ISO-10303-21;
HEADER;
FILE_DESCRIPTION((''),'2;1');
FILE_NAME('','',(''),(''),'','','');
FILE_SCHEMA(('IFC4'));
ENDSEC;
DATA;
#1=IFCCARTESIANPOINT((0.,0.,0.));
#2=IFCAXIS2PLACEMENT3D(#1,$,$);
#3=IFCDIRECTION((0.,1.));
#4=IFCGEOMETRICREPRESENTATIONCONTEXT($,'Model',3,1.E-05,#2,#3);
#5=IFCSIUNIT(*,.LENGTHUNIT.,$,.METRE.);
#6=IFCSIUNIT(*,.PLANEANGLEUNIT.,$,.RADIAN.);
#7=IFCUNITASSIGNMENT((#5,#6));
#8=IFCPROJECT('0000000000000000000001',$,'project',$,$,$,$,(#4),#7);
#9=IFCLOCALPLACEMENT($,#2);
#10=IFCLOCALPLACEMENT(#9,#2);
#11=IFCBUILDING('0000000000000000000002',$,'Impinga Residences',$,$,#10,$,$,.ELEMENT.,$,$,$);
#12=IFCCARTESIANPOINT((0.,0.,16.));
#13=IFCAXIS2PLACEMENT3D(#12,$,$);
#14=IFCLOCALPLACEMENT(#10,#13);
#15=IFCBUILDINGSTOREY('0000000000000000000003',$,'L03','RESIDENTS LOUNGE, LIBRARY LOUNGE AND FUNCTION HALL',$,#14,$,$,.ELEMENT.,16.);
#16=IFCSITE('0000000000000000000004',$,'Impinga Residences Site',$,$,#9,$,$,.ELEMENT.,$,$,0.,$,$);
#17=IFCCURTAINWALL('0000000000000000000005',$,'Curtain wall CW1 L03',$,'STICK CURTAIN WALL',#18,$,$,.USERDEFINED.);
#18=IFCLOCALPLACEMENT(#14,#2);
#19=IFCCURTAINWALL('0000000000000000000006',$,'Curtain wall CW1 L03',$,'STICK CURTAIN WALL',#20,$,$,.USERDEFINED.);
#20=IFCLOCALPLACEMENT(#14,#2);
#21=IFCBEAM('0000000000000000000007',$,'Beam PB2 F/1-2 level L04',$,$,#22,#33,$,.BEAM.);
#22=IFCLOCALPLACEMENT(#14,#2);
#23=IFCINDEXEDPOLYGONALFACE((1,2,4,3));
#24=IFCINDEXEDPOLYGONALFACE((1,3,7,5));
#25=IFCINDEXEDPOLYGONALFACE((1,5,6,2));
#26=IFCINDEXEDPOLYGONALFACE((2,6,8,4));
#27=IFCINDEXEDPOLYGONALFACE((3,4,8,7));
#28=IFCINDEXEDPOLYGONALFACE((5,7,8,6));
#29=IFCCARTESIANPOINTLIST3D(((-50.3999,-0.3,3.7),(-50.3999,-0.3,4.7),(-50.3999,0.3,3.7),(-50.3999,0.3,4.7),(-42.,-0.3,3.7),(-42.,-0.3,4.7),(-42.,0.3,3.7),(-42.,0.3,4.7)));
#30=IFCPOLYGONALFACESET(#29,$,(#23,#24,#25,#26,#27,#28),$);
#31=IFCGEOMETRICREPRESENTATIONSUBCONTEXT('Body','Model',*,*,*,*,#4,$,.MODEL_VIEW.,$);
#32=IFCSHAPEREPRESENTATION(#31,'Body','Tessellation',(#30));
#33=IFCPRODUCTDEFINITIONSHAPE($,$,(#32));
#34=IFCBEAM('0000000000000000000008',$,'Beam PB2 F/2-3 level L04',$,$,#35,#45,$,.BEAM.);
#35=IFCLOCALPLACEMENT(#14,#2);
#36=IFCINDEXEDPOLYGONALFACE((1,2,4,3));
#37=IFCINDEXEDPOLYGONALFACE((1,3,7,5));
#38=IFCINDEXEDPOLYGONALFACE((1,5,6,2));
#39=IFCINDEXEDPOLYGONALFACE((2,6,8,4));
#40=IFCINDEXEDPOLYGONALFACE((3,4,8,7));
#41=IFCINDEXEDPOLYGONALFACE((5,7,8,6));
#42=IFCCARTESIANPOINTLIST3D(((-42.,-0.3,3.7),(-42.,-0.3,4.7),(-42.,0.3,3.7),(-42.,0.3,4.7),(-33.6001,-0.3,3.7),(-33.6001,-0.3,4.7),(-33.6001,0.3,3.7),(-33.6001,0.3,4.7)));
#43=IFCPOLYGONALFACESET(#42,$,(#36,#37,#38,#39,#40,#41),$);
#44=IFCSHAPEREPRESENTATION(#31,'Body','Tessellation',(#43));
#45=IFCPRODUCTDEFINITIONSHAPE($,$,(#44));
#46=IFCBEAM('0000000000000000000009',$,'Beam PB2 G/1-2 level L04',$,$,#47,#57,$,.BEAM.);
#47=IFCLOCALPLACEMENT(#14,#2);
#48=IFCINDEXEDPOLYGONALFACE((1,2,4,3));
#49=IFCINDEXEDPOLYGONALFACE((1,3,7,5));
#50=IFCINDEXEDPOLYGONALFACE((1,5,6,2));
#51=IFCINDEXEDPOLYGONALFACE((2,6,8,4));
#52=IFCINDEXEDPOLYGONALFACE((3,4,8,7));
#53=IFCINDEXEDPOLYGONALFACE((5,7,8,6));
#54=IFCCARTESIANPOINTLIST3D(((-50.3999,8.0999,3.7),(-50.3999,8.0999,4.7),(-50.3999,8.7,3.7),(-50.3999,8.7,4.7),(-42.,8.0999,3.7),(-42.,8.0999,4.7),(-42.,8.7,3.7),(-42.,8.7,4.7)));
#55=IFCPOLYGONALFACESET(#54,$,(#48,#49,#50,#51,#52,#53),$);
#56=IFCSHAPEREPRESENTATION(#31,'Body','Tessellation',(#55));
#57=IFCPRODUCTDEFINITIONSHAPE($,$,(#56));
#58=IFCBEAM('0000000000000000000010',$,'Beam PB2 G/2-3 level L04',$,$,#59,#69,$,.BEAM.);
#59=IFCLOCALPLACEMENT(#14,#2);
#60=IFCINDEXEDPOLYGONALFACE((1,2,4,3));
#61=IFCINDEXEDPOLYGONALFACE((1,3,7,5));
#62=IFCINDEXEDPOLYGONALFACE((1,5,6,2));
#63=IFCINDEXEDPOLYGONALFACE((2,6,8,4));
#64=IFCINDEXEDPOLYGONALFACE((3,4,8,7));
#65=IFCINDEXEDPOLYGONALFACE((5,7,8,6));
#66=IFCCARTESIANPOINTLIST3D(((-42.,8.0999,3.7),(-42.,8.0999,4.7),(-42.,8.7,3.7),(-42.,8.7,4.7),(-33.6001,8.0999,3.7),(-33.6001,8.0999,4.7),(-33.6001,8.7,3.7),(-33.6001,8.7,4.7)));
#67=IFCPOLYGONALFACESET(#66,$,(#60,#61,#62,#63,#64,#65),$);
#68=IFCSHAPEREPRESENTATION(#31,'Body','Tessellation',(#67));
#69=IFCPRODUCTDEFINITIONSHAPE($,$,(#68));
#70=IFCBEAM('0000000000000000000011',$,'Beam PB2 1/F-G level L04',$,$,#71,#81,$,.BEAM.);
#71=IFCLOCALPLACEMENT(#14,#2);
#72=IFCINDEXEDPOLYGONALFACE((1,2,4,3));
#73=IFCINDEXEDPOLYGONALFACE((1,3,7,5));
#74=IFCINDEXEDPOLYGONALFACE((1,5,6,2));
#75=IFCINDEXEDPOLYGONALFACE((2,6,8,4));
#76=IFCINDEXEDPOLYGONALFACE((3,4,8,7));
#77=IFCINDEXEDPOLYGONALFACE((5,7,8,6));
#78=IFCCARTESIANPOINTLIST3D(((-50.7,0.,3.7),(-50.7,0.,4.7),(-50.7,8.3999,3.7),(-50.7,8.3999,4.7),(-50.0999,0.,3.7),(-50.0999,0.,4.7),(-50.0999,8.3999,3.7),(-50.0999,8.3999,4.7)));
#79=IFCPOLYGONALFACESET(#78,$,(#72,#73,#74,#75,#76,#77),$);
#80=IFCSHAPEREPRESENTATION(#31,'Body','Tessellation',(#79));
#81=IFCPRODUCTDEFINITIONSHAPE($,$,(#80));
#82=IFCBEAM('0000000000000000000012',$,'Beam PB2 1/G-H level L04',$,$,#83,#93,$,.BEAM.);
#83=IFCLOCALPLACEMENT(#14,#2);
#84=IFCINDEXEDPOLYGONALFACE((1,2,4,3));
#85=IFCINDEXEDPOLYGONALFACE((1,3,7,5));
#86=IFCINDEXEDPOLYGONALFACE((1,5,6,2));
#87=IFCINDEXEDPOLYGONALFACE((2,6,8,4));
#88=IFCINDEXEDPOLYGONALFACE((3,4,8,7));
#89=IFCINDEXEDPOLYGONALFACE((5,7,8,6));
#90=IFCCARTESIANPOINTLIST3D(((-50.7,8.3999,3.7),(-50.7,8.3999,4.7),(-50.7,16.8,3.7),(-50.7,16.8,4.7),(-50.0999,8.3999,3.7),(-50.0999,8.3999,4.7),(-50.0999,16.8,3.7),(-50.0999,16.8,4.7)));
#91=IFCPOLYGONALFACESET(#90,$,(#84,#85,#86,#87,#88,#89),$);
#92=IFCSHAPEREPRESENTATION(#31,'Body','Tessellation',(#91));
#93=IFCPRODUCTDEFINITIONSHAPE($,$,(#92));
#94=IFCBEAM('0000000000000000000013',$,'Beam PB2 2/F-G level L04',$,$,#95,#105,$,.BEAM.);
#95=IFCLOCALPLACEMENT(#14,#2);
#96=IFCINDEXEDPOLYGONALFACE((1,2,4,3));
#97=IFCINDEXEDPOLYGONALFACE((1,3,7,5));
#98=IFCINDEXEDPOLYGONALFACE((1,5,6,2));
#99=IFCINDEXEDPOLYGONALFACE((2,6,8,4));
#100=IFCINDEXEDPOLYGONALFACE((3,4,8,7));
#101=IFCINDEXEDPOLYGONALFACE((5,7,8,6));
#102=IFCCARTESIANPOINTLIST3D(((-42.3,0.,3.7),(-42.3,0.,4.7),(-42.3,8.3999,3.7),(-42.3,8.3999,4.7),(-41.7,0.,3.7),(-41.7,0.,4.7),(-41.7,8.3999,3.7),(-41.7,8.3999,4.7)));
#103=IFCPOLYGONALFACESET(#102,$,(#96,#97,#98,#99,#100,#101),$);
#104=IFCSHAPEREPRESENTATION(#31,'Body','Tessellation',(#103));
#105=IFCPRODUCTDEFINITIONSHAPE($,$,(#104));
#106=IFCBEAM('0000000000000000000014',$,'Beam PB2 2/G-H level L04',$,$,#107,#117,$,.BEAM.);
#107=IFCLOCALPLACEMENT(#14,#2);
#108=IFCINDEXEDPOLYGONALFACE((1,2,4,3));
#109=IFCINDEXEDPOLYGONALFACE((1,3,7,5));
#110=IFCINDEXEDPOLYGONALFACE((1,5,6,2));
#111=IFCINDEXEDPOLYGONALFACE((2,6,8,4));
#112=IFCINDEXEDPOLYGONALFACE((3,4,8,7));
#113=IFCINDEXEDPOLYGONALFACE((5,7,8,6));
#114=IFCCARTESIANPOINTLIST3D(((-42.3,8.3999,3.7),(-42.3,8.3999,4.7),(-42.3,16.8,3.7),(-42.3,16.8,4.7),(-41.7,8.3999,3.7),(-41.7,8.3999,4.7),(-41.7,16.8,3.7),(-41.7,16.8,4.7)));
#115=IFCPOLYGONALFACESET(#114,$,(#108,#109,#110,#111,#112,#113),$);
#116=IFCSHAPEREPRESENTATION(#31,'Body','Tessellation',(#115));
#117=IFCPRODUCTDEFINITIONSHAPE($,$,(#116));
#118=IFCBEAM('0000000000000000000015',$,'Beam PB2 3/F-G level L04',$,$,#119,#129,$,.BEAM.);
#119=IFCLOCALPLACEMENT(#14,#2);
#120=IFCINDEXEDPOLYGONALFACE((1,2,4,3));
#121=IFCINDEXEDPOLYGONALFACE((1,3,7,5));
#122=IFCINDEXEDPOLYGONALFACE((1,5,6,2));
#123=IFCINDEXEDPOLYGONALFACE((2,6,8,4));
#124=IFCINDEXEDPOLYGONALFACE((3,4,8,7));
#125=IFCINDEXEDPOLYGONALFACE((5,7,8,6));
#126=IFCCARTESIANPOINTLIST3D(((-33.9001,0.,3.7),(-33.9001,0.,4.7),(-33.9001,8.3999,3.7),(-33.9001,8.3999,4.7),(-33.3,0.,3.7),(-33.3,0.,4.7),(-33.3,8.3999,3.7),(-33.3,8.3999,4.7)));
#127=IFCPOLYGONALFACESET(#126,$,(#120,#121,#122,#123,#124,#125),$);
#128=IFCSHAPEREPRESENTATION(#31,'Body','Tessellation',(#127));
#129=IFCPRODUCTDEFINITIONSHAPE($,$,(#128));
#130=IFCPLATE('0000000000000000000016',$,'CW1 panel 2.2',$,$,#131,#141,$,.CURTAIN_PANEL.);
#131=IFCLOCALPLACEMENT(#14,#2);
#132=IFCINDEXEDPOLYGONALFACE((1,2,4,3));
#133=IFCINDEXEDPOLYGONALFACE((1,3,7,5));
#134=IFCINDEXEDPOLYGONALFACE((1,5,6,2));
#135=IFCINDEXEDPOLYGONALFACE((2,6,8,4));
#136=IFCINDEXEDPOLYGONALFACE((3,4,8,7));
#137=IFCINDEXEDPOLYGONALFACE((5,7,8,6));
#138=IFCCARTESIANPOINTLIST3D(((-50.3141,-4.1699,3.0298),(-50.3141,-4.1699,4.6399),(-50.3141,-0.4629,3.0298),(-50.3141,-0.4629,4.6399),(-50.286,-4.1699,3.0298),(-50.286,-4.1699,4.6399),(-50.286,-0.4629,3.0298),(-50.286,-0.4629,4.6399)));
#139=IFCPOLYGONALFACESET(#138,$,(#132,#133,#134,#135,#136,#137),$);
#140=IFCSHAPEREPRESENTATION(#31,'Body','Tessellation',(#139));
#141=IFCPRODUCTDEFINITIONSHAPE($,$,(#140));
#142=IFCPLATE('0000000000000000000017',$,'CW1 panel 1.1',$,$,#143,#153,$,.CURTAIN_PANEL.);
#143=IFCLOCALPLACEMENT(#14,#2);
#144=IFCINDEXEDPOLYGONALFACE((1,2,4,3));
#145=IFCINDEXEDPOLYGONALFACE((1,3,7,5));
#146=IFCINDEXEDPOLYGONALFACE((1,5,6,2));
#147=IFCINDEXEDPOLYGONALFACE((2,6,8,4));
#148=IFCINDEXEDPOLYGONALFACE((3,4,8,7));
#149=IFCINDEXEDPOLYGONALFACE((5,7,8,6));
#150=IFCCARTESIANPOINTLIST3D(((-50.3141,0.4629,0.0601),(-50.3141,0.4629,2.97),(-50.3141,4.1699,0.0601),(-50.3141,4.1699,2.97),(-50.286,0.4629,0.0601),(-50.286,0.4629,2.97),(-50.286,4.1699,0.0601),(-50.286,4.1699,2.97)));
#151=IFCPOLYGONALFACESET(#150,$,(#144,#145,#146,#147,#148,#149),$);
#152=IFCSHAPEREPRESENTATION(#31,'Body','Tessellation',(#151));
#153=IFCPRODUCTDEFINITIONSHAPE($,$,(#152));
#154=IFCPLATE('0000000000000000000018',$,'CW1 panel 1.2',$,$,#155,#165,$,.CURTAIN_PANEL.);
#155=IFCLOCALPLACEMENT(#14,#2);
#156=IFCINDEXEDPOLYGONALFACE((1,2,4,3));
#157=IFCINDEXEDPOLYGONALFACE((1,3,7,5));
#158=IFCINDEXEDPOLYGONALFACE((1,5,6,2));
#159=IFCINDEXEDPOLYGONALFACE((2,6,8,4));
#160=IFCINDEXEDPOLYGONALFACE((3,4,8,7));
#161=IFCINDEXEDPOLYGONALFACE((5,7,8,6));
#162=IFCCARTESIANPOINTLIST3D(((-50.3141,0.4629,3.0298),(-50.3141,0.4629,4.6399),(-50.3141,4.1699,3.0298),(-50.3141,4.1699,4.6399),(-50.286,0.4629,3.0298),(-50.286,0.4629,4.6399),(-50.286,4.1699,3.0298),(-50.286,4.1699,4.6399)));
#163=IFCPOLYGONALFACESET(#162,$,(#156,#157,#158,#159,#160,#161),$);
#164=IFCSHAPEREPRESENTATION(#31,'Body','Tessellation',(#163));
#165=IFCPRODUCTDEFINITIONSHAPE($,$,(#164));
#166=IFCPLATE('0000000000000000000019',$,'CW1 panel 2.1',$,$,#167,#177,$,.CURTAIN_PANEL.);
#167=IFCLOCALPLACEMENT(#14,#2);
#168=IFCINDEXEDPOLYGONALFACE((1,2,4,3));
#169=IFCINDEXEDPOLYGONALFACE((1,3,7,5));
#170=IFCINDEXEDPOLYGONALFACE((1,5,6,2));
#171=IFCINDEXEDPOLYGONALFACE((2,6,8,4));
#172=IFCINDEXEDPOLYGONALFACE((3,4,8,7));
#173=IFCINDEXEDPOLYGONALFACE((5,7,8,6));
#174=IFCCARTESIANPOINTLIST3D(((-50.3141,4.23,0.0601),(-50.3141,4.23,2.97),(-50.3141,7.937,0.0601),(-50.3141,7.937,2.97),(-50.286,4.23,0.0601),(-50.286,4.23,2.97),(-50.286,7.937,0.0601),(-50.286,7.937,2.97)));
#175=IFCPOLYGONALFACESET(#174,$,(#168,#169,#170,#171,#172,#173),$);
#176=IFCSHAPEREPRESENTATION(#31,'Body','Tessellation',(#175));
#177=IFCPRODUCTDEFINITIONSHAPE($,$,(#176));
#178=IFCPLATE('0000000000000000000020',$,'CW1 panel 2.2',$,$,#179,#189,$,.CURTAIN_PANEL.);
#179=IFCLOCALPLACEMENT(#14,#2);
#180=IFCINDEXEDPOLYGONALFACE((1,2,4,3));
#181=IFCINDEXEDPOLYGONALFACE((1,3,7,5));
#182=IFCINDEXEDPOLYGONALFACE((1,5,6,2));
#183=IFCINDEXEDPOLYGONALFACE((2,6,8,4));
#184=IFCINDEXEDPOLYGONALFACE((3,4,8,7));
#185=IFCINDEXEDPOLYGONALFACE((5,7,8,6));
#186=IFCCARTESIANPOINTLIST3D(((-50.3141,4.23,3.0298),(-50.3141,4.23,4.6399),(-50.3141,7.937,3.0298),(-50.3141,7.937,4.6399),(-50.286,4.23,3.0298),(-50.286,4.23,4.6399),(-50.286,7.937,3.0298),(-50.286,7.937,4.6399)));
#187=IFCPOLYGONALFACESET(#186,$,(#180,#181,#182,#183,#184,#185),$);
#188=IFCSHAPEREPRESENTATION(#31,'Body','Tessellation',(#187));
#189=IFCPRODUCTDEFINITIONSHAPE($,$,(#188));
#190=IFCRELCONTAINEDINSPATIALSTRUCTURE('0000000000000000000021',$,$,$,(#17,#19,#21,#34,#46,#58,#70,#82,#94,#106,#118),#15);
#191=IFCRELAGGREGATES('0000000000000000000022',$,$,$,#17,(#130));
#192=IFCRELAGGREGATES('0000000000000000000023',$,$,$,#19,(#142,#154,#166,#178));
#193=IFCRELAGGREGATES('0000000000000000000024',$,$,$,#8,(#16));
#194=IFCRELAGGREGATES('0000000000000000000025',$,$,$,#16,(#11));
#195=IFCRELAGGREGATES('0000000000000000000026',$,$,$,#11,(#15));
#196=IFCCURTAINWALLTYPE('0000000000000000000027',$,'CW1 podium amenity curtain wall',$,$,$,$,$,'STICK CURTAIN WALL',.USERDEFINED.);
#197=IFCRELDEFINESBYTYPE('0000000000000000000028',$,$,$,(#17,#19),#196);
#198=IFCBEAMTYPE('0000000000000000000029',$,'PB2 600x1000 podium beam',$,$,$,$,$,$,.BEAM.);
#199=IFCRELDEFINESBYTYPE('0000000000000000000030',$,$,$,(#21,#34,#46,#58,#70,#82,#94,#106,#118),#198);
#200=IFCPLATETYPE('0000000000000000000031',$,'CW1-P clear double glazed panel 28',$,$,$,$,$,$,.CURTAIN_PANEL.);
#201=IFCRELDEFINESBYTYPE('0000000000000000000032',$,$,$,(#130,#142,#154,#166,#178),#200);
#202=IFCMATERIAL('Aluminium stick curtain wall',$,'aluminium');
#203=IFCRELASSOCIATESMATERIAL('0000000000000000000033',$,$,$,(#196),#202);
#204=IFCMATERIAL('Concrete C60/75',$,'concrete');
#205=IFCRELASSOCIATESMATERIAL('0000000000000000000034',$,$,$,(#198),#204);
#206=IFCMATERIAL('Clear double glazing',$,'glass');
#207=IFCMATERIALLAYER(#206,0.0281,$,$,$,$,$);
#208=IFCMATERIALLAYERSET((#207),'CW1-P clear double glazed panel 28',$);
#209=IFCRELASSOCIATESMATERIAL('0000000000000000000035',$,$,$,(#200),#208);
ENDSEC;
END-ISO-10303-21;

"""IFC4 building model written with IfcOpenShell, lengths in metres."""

from ifc_helpers import new_model, si_unit, direction, frame, origin, origin_2d, place, context, subcontext, project, spatial, rectangle, extrude, material, layer, layer_set, material_profile, profile_set, type_object, element, aggregate, save


model = new_model("IFC4")

# Units and contexts
model_context = context("Model", 3, precision=1e-05, world=origin(), true_north=direction((0.0, 1.0)))
body_context = subcontext(model_context, "Body", "Model", "MODEL_VIEW")
ifc_project = project(units=[si_unit("LENGTHUNIT", "METRE"), si_unit("PLANEANGLEUNIT", "RADIAN")], contexts=[model_context])

# Site, building, storey
site_placement = place(None, origin())
site = spatial("IfcSite", under=ifc_project, at=site_placement, Name="Impinga Residences Site", CompositionType="ELEMENT", RefElevation=0.0)
building_placement = place(site_placement, origin())
building = spatial("IfcBuilding", under=site, at=building_placement, Name="Impinga Residences", CompositionType="ELEMENT")
storey_placement = place(building_placement, frame((0.0, 0.0, 16.0)))
storey = spatial("IfcBuildingStorey", under=building, at=storey_placement, Name="L03", Description="RESIDENTS LOUNGE, LIBRARY LOUNGE AND FUNCTION HALL", CompositionType="ELEMENT", Elevation=16.0)

# Curtain wall
ifc_material_1 = material(Name="Aluminium stick curtain wall", Category="aluminium")
curtain_wall_type = type_object("IfcCurtainWallType", Name="CW1 podium amenity curtain wall", ElementType="STICK CURTAIN WALL", PredefinedType="USERDEFINED", material=ifc_material_1)
curtain_wall_1_placement = place(storey_placement, origin())
curtain_wall_1 = element("IfcCurtainWall", 1, at=curtain_wall_1_placement, inside=storey, type_object=curtain_wall_type, Name="Curtain wall CW1 L03", ObjectType="STICK CURTAIN WALL", PredefinedType="USERDEFINED")

# Curtain wall
curtain_wall_2_placement = place(storey_placement, origin())
curtain_wall_2 = element("IfcCurtainWall", 2, at=curtain_wall_2_placement, inside=storey, type_object=curtain_wall_type, Name="Curtain wall CW1 L03", ObjectType="STICK CURTAIN WALL", PredefinedType="USERDEFINED")

# Beams
ifc_material_2 = material(Name="Concrete C60/75", Category="concrete")
ifc_material_profile_1 = material_profile(ifc_material_2, rectangle(XDim=0.6001, YDim=1.0, at=origin_2d()), Name="RC 600x1000")
ifc_profile_set_1 = profile_set([ifc_material_profile_1], Name="Concrete C60/75")
beam_type = type_object("IfcBeamType", Name="PB2 600x1000 podium beam", PredefinedType="BEAM", material=ifc_profile_set_1)
for number, where, z_axis, x_axis, name in (
    (3, (-50.3999, 0.0, 4.2), (1.0, 0.0, 0.0), (0.0, 1.0, 0.0), "Beam PB2 F/1-2 level L04"),
    (4, (-42.0, 0.0, 4.2), (1.0, 0.0, 0.0), (0.0, 1.0, 0.0), "Beam PB2 F/2-3 level L04"),
    (5, (-50.3999, 8.3999, 4.2), (1.0, 0.0, 0.0), (0.0, 1.0, 0.0), "Beam PB2 G/1-2 level L04"),
    (6, (-42.0, 8.3999, 4.2), (1.0, 0.0, 0.0), (0.0, 1.0, 0.0), "Beam PB2 G/2-3 level L04"),
    (7, (-50.3999, 0.0, 4.2), (0.0, 1.0, 0.0), (-1.0, 0.0, 0.0), "Beam PB2 1/F-G level L04"),
):
    element("IfcBeam", number, at=place(storey_placement, frame(where, z_axis=z_axis, x_axis=x_axis)), inside=storey, type_object=beam_type, Name=name, PredefinedType="BEAM", context=body_context, shape_type="SweptSolid", body=[
        extrude(rectangle(XDim=0.6001, YDim=1.0, at=origin_2d()), origin(), (0.0, 0.0, 1.0), 8.3999),
    ])
beam_1_placement = place(storey_placement, frame((-50.3999, 8.3999, 4.2), z_axis=(0.0, 1.0, 0.0), x_axis=(-1.0, 0.0, 0.0)))
element("IfcBeam", 8, at=beam_1_placement, inside=storey, type_object=beam_type, Name="Beam PB2 1/G-H level L04", PredefinedType="BEAM", context=body_context, shape_type="SweptSolid", body=[
    extrude(rectangle(XDim=0.6001, YDim=1.0, at=origin_2d()), origin(), (0.0, 0.0, 1.0), 8.4001),
])
beam_2_placement = place(storey_placement, frame((-42.0, 0.0, 4.2), z_axis=(0.0, 1.0, 0.0), x_axis=(-1.0, 0.0, 0.0)))
element("IfcBeam", 9, at=beam_2_placement, inside=storey, type_object=beam_type, Name="Beam PB2 2/F-G level L04", PredefinedType="BEAM", context=body_context, shape_type="SweptSolid", body=[
    extrude(rectangle(XDim=0.6001, YDim=1.0, at=origin_2d()), origin(), (0.0, 0.0, 1.0), 8.3999),
])
beam_3_placement = place(storey_placement, frame((-42.0, 8.3999, 4.2), z_axis=(0.0, 1.0, 0.0), x_axis=(-1.0, 0.0, 0.0)))
element("IfcBeam", 10, at=beam_3_placement, inside=storey, type_object=beam_type, Name="Beam PB2 2/G-H level L04", PredefinedType="BEAM", context=body_context, shape_type="SweptSolid", body=[
    extrude(rectangle(XDim=0.6001, YDim=1.0, at=origin_2d()), origin(), (0.0, 0.0, 1.0), 8.4001),
])
beam_4_placement = place(storey_placement, frame((-33.6001, 0.0, 4.2), z_axis=(0.0, 1.0, 0.0), x_axis=(-1.0, 0.0, 0.0)))
element("IfcBeam", 11, at=beam_4_placement, inside=storey, type_object=beam_type, Name="Beam PB2 3/F-G level L04", PredefinedType="BEAM", context=body_context, shape_type="SweptSolid", body=[
    extrude(rectangle(XDim=0.6001, YDim=1.0, at=origin_2d()), origin(), (0.0, 0.0, 1.0), 8.3999),
])

# Plates
ifc_material_3 = material(Name="Clear double glazing", Category="glass")
ifc_layer_1 = layer(ifc_material_3, 0.0281)
ifc_layer_set_1 = layer_set([ifc_layer_1], Name="CW1-P clear double glazed panel 28")
plate_type = type_object("IfcPlateType", Name="CW1-P clear double glazed panel 28", PredefinedType="CURTAIN_PANEL", material=ifc_layer_set_1)
plate_1_placement = place(storey_placement, frame((-50.3, -2.3164, 3.0298), z_axis=(0.0, 0.0, 1.0), x_axis=(0.0, 1.0, 0.0)))
plate_1 = element("IfcPlate", 12, at=plate_1_placement, type_object=plate_type, Name="CW1 panel 2.2", PredefinedType="CURTAIN_PANEL", context=body_context, shape_type="SweptSolid", body=[
    extrude(rectangle(XDim=3.707, YDim=0.0281, at=origin_2d()), origin(), (0.0, 0.0, 1.0), 1.6101),
])
aggregate(curtain_wall_1, [plate_1])
plate_2_placement = place(storey_placement, frame((-50.3, 2.3164, 0.0601), z_axis=(0.0, 0.0, 1.0), x_axis=(0.0, 1.0, 0.0)))
plate_2 = element("IfcPlate", 13, at=plate_2_placement, type_object=plate_type, Name="CW1 panel 1.1", PredefinedType="CURTAIN_PANEL", context=body_context, shape_type="SweptSolid", body=[
    extrude(rectangle(XDim=3.707, YDim=0.0281, at=origin_2d()), origin(), (0.0, 0.0, 1.0), 2.9099),
])
plate_3_placement = place(storey_placement, frame((-50.3, 2.3164, 3.0298), z_axis=(0.0, 0.0, 1.0), x_axis=(0.0, 1.0, 0.0)))
plate_3 = element("IfcPlate", 14, at=plate_3_placement, type_object=plate_type, Name="CW1 panel 1.2", PredefinedType="CURTAIN_PANEL", context=body_context, shape_type="SweptSolid", body=[
    extrude(rectangle(XDim=3.707, YDim=0.0281, at=origin_2d()), origin(), (0.0, 0.0, 1.0), 1.6101),
])
plate_4_placement = place(storey_placement, frame((-50.3, 6.0835, 0.0601), z_axis=(0.0, 0.0, 1.0), x_axis=(0.0, 1.0, 0.0)))
plate_4 = element("IfcPlate", 15, at=plate_4_placement, type_object=plate_type, Name="CW1 panel 2.1", PredefinedType="CURTAIN_PANEL", context=body_context, shape_type="SweptSolid", body=[
    extrude(rectangle(XDim=3.707, YDim=0.0281, at=origin_2d()), origin(), (0.0, 0.0, 1.0), 2.9099),
])
plate_5_placement = place(storey_placement, frame((-50.3, 6.0835, 3.0298), z_axis=(0.0, 0.0, 1.0), x_axis=(0.0, 1.0, 0.0)))
plate_5 = element("IfcPlate", 16, at=plate_5_placement, type_object=plate_type, Name="CW1 panel 2.2", PredefinedType="CURTAIN_PANEL", context=body_context, shape_type="SweptSolid", body=[
    extrude(rectangle(XDim=3.707, YDim=0.0281, at=origin_2d()), origin(), (0.0, 0.0, 1.0), 1.6101),
])
aggregate(curtain_wall_2, [plate_2, plate_3, plate_4, plate_5])

save(model, "model.ifc")
